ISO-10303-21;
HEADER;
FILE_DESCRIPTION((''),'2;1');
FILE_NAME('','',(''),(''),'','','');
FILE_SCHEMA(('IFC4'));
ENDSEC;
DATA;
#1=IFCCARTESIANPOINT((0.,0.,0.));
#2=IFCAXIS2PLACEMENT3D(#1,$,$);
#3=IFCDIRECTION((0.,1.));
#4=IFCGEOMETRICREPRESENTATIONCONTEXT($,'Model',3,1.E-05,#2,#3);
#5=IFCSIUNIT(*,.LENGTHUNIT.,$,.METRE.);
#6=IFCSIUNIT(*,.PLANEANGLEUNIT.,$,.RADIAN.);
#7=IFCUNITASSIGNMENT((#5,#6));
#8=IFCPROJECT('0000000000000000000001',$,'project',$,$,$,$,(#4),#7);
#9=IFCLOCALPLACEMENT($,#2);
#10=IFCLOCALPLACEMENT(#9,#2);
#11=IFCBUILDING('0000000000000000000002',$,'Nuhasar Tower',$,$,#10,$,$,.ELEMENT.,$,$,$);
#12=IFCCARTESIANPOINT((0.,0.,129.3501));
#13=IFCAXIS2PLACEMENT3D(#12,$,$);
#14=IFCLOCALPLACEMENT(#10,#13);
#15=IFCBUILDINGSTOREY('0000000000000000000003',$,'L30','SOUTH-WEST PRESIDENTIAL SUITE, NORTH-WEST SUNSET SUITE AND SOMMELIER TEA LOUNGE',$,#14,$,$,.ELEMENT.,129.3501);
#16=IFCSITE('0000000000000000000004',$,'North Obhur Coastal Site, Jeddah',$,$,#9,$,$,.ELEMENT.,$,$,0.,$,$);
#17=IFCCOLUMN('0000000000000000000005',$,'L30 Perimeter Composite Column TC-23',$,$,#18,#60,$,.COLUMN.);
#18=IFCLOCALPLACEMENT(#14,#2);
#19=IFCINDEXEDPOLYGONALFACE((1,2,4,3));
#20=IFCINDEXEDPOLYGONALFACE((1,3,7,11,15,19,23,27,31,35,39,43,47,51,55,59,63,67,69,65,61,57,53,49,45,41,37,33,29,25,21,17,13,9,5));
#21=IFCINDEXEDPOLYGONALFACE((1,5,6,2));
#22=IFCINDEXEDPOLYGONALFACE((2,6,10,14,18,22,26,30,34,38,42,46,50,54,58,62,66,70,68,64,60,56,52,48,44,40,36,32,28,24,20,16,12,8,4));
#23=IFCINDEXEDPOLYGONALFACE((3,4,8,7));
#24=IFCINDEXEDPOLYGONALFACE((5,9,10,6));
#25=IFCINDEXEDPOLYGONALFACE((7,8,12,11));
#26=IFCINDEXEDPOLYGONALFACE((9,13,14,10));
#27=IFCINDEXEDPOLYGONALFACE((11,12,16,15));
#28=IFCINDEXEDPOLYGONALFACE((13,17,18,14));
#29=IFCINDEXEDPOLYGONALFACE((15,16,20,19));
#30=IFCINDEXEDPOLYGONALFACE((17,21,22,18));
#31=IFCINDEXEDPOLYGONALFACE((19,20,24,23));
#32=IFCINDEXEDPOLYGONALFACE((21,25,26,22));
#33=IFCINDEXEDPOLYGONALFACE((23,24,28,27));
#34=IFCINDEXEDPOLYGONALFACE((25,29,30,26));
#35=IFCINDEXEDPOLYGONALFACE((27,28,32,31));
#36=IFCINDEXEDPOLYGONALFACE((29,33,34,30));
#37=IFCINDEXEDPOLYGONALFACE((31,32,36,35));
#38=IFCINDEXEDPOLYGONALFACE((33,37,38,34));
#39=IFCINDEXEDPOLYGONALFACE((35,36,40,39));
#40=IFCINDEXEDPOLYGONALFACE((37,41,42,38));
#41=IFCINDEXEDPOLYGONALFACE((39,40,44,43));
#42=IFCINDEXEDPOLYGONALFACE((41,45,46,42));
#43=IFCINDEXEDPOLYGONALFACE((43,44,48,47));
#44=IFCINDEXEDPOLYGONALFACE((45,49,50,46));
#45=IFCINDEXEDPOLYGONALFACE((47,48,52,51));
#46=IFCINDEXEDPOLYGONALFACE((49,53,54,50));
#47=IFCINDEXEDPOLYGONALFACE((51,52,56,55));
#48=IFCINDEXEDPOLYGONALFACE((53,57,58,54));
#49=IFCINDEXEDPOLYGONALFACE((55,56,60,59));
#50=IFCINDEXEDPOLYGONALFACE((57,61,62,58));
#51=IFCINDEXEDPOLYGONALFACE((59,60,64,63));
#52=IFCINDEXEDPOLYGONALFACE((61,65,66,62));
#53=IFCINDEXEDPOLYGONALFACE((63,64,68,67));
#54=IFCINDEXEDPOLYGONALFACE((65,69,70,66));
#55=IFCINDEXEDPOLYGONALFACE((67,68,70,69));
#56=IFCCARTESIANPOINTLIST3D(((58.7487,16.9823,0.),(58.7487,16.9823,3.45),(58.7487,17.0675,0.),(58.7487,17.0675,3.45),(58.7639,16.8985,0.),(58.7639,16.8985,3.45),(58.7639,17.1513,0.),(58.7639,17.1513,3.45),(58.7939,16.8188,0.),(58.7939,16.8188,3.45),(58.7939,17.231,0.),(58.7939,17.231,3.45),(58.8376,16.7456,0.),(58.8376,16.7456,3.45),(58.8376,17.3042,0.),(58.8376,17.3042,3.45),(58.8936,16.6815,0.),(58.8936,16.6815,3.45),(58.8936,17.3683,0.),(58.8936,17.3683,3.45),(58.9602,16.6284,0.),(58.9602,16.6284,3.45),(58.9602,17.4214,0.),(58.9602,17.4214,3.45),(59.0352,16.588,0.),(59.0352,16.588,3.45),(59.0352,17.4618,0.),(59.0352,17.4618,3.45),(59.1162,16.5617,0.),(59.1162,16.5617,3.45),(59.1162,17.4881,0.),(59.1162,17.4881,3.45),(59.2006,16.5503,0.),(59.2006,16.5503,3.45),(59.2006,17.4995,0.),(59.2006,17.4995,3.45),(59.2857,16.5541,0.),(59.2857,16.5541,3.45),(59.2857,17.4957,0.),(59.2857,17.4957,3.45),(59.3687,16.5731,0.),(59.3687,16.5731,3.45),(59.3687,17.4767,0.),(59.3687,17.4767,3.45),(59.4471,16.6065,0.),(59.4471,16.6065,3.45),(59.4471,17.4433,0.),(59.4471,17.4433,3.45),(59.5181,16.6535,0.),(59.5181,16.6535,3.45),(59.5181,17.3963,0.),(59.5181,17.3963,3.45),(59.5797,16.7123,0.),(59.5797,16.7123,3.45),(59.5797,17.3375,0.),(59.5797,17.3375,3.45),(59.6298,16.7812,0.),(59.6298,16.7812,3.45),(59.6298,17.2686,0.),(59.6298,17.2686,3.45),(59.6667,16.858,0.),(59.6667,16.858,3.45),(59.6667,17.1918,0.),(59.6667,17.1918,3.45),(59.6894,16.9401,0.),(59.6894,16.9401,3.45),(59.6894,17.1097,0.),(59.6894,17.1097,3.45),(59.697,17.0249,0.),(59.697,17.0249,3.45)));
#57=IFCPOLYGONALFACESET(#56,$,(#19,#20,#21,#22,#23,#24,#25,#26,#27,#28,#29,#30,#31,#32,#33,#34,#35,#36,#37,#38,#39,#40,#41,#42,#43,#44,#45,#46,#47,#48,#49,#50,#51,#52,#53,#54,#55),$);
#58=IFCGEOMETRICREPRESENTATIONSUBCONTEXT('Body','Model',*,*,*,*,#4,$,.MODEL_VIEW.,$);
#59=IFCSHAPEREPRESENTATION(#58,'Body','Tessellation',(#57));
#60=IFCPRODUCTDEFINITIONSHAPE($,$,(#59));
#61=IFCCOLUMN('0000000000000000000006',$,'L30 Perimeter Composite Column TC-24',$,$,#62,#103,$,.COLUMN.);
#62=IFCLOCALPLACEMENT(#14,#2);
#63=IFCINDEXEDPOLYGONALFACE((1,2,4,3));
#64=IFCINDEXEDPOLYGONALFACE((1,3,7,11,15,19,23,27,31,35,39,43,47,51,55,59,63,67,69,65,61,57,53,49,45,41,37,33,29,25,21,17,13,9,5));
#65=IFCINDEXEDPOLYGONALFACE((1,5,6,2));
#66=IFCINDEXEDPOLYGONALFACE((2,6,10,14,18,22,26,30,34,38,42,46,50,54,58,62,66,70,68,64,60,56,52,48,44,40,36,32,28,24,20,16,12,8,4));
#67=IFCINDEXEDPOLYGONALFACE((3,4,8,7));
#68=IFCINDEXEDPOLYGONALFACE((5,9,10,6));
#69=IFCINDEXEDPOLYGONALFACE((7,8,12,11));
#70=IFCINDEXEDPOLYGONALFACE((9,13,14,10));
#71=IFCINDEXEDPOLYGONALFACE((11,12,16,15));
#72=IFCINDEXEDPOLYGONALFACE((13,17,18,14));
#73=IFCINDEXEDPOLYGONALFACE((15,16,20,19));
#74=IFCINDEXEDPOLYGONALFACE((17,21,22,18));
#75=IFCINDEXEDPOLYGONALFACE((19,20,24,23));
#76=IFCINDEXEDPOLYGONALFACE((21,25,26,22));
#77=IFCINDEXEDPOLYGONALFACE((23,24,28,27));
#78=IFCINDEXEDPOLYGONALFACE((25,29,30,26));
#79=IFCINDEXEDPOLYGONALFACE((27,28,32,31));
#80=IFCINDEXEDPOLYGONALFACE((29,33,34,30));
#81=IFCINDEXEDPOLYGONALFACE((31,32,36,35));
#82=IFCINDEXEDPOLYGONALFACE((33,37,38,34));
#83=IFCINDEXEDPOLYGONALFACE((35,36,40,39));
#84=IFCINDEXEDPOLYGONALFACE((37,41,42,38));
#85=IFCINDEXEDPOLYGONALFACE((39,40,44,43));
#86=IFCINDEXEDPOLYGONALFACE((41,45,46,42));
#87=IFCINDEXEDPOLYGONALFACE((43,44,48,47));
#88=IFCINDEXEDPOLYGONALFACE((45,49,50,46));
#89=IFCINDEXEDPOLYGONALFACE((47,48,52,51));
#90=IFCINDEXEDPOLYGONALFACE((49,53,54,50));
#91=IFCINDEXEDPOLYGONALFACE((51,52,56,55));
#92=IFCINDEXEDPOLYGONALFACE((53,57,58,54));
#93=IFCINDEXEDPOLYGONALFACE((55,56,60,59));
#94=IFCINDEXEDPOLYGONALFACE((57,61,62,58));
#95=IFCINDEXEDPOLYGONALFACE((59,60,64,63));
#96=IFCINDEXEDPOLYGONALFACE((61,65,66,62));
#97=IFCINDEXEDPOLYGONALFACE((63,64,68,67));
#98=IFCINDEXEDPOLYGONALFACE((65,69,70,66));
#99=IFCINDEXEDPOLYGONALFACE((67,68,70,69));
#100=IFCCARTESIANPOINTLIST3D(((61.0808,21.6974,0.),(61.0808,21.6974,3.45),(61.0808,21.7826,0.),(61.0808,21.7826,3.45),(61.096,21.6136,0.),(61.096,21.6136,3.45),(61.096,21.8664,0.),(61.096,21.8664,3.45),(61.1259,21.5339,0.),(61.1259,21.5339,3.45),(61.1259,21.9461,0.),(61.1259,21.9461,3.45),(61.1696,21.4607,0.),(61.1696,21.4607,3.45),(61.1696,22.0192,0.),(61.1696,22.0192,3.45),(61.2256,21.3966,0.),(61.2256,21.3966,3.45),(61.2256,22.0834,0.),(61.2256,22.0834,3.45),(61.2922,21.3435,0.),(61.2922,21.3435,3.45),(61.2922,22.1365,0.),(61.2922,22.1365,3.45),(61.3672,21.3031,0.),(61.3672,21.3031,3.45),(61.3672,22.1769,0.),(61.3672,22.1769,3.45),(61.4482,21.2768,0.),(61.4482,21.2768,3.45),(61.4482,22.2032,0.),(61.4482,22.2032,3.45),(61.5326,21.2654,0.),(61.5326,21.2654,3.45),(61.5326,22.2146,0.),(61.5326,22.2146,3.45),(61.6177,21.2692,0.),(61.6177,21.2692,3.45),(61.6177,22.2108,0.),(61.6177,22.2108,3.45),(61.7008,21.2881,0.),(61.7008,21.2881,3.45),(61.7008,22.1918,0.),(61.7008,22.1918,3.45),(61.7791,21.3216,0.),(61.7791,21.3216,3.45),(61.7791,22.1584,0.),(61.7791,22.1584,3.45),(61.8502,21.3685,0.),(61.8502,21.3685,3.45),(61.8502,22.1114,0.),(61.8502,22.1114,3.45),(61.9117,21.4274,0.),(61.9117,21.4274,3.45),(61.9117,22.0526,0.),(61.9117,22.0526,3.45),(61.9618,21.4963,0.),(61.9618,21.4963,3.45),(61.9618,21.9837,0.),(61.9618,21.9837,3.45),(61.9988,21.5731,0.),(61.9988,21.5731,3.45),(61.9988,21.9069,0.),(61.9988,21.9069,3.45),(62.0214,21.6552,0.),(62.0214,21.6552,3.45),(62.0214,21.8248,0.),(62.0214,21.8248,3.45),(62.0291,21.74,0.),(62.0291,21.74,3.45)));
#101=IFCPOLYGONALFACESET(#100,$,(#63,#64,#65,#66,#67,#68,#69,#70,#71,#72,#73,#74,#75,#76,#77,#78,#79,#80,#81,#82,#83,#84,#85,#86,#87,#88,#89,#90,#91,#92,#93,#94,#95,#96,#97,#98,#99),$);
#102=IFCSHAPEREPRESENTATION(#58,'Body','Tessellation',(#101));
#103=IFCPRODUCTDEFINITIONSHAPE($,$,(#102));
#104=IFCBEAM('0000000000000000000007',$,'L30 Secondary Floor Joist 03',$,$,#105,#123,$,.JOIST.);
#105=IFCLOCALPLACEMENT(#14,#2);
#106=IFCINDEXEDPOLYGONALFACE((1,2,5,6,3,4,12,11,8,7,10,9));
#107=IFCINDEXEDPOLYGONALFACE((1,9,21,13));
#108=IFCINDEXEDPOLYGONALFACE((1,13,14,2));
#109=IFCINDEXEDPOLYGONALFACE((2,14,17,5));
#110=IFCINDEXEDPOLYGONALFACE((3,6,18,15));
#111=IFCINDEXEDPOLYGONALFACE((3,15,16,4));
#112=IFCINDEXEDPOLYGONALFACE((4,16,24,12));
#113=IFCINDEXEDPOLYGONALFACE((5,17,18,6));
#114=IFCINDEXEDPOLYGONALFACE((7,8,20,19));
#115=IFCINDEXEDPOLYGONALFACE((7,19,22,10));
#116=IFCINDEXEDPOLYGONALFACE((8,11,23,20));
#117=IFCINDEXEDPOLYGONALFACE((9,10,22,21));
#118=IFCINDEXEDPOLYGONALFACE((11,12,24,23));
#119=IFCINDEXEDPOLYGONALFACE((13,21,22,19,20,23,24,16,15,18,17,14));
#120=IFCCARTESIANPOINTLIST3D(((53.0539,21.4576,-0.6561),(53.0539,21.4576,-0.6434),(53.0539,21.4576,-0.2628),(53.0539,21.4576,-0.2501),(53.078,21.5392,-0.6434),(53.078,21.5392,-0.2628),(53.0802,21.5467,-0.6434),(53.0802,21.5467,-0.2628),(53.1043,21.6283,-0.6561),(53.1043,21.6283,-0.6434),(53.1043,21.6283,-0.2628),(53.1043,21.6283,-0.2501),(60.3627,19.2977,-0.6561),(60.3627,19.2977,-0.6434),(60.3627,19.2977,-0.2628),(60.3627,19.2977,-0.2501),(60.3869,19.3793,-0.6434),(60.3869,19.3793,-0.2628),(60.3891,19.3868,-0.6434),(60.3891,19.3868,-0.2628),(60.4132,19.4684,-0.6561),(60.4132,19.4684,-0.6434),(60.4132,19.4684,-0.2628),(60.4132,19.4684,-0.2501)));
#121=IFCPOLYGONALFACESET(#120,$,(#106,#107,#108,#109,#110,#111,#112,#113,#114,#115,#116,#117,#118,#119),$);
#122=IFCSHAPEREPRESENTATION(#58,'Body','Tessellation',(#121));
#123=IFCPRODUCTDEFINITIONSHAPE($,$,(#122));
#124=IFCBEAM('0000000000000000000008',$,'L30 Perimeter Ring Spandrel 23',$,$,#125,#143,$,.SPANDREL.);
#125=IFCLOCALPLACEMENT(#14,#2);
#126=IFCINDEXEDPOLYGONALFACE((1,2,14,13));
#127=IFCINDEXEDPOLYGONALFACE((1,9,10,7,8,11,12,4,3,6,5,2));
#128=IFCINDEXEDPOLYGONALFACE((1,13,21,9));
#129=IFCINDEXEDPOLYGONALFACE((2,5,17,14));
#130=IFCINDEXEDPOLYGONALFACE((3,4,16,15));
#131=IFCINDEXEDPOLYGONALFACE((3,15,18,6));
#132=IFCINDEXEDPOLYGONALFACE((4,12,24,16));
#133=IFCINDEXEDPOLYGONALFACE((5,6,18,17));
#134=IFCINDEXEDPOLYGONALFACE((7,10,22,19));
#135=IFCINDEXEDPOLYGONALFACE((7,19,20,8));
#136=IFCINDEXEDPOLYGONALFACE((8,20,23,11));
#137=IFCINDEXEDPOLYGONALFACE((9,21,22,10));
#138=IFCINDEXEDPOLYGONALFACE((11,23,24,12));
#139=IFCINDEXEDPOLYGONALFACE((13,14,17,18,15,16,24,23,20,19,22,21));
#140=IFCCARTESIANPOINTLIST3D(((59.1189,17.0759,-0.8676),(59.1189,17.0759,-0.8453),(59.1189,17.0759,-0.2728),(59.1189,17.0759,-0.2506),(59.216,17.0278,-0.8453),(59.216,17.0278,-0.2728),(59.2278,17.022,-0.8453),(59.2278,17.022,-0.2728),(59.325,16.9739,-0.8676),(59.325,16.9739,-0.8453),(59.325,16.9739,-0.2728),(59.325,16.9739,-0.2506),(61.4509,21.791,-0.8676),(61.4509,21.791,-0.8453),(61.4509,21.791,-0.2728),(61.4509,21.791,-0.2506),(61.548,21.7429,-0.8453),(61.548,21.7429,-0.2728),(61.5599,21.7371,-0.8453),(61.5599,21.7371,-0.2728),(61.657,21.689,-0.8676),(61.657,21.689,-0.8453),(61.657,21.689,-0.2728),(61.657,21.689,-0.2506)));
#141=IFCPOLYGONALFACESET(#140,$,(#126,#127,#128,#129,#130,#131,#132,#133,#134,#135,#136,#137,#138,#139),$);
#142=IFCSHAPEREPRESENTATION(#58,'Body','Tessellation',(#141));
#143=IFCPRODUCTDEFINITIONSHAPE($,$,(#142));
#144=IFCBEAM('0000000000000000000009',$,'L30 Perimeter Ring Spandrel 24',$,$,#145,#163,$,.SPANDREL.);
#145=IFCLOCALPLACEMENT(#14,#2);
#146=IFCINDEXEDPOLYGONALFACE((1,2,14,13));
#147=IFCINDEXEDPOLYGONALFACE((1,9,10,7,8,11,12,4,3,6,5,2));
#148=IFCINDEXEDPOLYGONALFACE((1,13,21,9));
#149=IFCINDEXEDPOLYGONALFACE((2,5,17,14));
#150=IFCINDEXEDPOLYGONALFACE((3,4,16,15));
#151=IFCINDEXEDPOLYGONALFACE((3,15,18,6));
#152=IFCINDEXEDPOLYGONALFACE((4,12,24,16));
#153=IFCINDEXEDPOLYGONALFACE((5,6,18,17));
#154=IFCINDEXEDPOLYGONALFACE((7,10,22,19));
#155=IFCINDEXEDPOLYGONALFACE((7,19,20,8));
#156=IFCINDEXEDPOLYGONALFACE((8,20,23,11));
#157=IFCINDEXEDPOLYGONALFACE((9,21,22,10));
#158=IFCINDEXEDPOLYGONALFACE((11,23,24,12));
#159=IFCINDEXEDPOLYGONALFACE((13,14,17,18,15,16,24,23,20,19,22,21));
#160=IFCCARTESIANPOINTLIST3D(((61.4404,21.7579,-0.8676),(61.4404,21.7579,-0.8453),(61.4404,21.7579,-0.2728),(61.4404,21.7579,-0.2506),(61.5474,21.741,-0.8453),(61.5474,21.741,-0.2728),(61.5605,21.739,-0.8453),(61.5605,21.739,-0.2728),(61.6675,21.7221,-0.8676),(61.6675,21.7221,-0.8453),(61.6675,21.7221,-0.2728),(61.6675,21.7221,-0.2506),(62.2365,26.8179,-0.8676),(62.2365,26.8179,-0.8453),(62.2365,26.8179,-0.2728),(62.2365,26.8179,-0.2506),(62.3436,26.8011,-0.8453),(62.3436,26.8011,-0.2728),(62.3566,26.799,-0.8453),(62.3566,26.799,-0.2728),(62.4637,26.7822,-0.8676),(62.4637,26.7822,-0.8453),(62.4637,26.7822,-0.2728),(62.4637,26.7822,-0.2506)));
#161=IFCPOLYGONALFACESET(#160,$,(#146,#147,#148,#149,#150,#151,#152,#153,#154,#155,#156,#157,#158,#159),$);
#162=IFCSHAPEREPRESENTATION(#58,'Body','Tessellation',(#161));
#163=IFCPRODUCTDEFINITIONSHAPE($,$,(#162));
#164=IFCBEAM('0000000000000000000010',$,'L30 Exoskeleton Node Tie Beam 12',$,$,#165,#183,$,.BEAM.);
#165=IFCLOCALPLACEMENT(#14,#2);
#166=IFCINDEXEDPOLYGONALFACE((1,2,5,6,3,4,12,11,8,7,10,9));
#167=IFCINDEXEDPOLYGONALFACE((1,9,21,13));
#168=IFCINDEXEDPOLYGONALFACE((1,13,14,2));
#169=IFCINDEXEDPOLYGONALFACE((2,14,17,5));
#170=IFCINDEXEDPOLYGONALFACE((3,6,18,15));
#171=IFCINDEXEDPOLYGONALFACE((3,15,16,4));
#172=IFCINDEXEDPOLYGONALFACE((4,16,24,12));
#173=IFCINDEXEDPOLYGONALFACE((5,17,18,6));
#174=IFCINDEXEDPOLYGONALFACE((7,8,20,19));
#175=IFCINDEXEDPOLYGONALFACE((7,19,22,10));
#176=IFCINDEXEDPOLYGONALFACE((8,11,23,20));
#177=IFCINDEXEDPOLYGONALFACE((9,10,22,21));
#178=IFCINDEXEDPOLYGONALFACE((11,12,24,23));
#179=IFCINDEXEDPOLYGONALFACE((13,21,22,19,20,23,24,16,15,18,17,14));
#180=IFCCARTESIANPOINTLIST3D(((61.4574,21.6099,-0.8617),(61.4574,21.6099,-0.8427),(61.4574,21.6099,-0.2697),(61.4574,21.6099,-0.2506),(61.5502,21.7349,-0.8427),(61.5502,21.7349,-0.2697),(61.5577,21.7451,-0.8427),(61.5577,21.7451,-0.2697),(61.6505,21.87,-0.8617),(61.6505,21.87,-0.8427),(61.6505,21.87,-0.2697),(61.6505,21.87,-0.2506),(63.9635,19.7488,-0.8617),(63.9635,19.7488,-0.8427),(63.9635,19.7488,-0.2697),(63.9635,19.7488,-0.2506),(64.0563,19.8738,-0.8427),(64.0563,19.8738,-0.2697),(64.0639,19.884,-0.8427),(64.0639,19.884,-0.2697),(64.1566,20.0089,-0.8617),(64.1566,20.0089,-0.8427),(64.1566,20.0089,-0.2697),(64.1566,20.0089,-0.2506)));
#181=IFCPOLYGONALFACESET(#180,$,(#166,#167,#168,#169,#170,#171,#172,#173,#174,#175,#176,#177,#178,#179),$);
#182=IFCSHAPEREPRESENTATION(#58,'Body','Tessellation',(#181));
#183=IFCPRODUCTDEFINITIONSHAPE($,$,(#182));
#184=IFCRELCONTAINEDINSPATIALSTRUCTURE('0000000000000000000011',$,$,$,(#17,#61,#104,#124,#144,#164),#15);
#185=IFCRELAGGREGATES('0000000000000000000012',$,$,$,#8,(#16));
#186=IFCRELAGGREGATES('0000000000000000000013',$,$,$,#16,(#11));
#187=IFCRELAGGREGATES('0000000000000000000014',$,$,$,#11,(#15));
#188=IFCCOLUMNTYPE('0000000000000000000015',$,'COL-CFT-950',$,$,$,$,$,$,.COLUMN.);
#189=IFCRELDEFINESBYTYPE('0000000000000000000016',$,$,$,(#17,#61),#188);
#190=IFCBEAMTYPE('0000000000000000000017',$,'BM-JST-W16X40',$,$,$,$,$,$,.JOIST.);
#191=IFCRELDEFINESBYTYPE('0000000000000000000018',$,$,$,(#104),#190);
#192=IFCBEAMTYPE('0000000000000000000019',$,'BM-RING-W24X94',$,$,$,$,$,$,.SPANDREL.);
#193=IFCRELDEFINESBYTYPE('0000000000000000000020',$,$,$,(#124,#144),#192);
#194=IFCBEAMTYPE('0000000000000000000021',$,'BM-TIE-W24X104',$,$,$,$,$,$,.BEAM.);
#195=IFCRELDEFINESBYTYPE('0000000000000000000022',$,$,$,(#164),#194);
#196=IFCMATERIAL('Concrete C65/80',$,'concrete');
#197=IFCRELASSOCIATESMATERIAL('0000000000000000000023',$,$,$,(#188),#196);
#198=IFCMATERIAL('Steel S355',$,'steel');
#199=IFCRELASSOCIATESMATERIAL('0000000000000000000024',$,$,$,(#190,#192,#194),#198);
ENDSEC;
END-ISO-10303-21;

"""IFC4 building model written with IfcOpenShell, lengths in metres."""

from ifc_helpers import new_model, si_unit, direction, frame, origin, origin_2d, place, context, subcontext, project, spatial, circle, i_section, extrude, material, material_profile, profile_set, type_object, element, save


model = new_model("IFC4")

# Units and contexts
model_context = context("Model", 3, precision=1e-05, world=origin(), true_north=direction((0.0, 1.0)))
body_context = subcontext(model_context, "Body", "Model", "MODEL_VIEW")
ifc_project = project(units=[si_unit("LENGTHUNIT", "METRE"), si_unit("PLANEANGLEUNIT", "RADIAN")], contexts=[model_context])

# Site, building, storey
site_placement = place(None, origin())
site = spatial("IfcSite", under=ifc_project, at=site_placement, Name="North Obhur Coastal Site, Jeddah", CompositionType="ELEMENT", RefElevation=0.0)
building_placement = place(site_placement, origin())
building = spatial("IfcBuilding", under=site, at=building_placement, Name="Nuhasar Tower", CompositionType="ELEMENT")
storey_placement = place(building_placement, frame((0.0, 0.0, 129.3501)))
storey = spatial("IfcBuildingStorey", under=building, at=storey_placement, Name="L30", Description="SOUTH-WEST PRESIDENTIAL SUITE, NORTH-WEST SUNSET SUITE AND SOMMELIER TEA LOUNGE", CompositionType="ELEMENT", Elevation=129.3501)

# Columns
ifc_material_1 = material(Name="Concrete C65/80", Category="concrete")
ifc_material_profile_1 = material_profile(ifc_material_1, circle(Radius=0.4751, at=origin_2d()), Name="CFT950")
ifc_profile_set_1 = profile_set([ifc_material_profile_1], Name="Concrete C65/80")
column_type = type_object("IfcColumnType", Name="COL-CFT-950", PredefinedType="COLUMN", material=ifc_profile_set_1)
for number, where, z_axis, x_axis, name in (
    (1, (59.2219, 17.0249, 0.0), (0.0, 0.0, 1.0), (1.0, 0.0, 0.0), "L30 Perimeter Composite Column TC-23"),
    (2, (61.554, 21.74, 0.0), (0.0, 0.0, 1.0), (1.0, 0.0, 0.0), "L30 Perimeter Composite Column TC-24"),
):
    element("IfcColumn", number, at=place(storey_placement, frame(where, z_axis=z_axis, x_axis=x_axis)), inside=storey, type_object=column_type, Name=name, PredefinedType="COLUMN", context=body_context, shape_type="SweptSolid", body=[
        extrude(circle(Radius=0.4751, at=origin_2d()), origin(), (0.0, 0.0, 1.0), 3.45),
    ])

# Beams
ifc_material_2 = material(Name="Steel S355", Category="steel")
ifc_material_profile_2 = material_profile(ifc_material_2, i_section(OverallWidth=0.178, OverallDepth=0.406, WebThickness=0.0078, FlangeThickness=0.0127, at=origin_2d()), Name="W16X40")
ifc_profile_set_2 = profile_set([ifc_material_profile_2], Name="Steel S355")
beam_type_1 = type_object("IfcBeamType", Name="BM-JST-W16X40", PredefinedType="JOIST", material=ifc_profile_set_2)
beam_1_placement = place(storey_placement, frame((53.0791, 21.543, -0.4531), z_axis=(0.959, -0.283404, 0.0), x_axis=(0.283404, 0.959, 0.0)))
element("IfcBeam", 3, at=beam_1_placement, inside=storey, type_object=beam_type_1, Name="L30 Secondary Floor Joist 03", PredefinedType="JOIST", context=body_context, shape_type="SweptSolid", body=[
    extrude(i_section(OverallWidth=0.178, OverallDepth=0.406, WebThickness=0.0078, FlangeThickness=0.0127, at=origin_2d()), origin(), (0.0, 0.0, 1.0), 7.6213),
])
ifc_material_profile_3 = material_profile(ifc_material_2, i_section(OverallWidth=0.23, OverallDepth=0.6169, WebThickness=0.0132, FlangeThickness=0.0222, at=origin_2d()), Name="W24X94")
ifc_profile_set_3 = profile_set([ifc_material_profile_3], Name="Steel S355")
beam_type_2 = type_object("IfcBeamType", Name="BM-RING-W24X94", PredefinedType="SPANDREL", material=ifc_profile_set_3)
beam_2_placement = place(storey_placement, frame((59.2219, 17.0249, -0.5591), z_axis=(0.443329, 0.896359, 0.0), x_axis=(-0.896359, 0.443329, 0.0)))
element("IfcBeam", 4, at=beam_2_placement, inside=storey, type_object=beam_type_2, Name="L30 Perimeter Ring Spandrel 23", PredefinedType="SPANDREL", context=body_context, shape_type="SweptSolid", body=[
    extrude(i_section(OverallWidth=0.23, OverallDepth=0.6169, WebThickness=0.0132, FlangeThickness=0.0222, at=origin_2d()), origin(), (0.0, 0.0, 1.0), 5.2603),
])
beam_3_placement = place(storey_placement, frame((61.554, 21.74, -0.5591), z_axis=(0.155427, 0.987847, 0.0), x_axis=(-0.987847, 0.155427, 0.0)))
element("IfcBeam", 5, at=beam_3_placement, inside=storey, type_object=beam_type_2, Name="L30 Perimeter Ring Spandrel 24", PredefinedType="SPANDREL", context=body_context, shape_type="SweptSolid", body=[
    extrude(i_section(OverallWidth=0.23, OverallDepth=0.6169, WebThickness=0.0132, FlangeThickness=0.0222, at=origin_2d()), origin(), (0.0, 0.0, 1.0), 5.1223),
])
ifc_material_profile_4 = material_profile(ifc_material_2, i_section(OverallWidth=0.324, OverallDepth=0.6111, WebThickness=0.0127, FlangeThickness=0.019, at=origin_2d()), Name="W24X104")
ifc_profile_set_4 = profile_set([ifc_material_profile_4], Name="Steel S355")
beam_type_3 = type_object("IfcBeamType", Name="BM-TIE-W24X104", PredefinedType="BEAM", material=ifc_profile_set_4)
beam_4_placement = place(storey_placement, frame((61.554, 21.74, -0.5562), z_axis=(0.802835, -0.596202, 0.0), x_axis=(0.596202, 0.802835, 0.0)))
element("IfcBeam", 6, at=beam_4_placement, inside=storey, type_object=beam_type_3, Name="L30 Exoskeleton Node Tie Beam 12", PredefinedType="BEAM", context=body_context, shape_type="SweptSolid", body=[
    extrude(i_section(OverallWidth=0.324, OverallDepth=0.6111, WebThickness=0.0127, FlangeThickness=0.019, at=origin_2d()), origin(), (0.0, 0.0, 1.0), 3.1216),
])

save(model, "model.ifc")
